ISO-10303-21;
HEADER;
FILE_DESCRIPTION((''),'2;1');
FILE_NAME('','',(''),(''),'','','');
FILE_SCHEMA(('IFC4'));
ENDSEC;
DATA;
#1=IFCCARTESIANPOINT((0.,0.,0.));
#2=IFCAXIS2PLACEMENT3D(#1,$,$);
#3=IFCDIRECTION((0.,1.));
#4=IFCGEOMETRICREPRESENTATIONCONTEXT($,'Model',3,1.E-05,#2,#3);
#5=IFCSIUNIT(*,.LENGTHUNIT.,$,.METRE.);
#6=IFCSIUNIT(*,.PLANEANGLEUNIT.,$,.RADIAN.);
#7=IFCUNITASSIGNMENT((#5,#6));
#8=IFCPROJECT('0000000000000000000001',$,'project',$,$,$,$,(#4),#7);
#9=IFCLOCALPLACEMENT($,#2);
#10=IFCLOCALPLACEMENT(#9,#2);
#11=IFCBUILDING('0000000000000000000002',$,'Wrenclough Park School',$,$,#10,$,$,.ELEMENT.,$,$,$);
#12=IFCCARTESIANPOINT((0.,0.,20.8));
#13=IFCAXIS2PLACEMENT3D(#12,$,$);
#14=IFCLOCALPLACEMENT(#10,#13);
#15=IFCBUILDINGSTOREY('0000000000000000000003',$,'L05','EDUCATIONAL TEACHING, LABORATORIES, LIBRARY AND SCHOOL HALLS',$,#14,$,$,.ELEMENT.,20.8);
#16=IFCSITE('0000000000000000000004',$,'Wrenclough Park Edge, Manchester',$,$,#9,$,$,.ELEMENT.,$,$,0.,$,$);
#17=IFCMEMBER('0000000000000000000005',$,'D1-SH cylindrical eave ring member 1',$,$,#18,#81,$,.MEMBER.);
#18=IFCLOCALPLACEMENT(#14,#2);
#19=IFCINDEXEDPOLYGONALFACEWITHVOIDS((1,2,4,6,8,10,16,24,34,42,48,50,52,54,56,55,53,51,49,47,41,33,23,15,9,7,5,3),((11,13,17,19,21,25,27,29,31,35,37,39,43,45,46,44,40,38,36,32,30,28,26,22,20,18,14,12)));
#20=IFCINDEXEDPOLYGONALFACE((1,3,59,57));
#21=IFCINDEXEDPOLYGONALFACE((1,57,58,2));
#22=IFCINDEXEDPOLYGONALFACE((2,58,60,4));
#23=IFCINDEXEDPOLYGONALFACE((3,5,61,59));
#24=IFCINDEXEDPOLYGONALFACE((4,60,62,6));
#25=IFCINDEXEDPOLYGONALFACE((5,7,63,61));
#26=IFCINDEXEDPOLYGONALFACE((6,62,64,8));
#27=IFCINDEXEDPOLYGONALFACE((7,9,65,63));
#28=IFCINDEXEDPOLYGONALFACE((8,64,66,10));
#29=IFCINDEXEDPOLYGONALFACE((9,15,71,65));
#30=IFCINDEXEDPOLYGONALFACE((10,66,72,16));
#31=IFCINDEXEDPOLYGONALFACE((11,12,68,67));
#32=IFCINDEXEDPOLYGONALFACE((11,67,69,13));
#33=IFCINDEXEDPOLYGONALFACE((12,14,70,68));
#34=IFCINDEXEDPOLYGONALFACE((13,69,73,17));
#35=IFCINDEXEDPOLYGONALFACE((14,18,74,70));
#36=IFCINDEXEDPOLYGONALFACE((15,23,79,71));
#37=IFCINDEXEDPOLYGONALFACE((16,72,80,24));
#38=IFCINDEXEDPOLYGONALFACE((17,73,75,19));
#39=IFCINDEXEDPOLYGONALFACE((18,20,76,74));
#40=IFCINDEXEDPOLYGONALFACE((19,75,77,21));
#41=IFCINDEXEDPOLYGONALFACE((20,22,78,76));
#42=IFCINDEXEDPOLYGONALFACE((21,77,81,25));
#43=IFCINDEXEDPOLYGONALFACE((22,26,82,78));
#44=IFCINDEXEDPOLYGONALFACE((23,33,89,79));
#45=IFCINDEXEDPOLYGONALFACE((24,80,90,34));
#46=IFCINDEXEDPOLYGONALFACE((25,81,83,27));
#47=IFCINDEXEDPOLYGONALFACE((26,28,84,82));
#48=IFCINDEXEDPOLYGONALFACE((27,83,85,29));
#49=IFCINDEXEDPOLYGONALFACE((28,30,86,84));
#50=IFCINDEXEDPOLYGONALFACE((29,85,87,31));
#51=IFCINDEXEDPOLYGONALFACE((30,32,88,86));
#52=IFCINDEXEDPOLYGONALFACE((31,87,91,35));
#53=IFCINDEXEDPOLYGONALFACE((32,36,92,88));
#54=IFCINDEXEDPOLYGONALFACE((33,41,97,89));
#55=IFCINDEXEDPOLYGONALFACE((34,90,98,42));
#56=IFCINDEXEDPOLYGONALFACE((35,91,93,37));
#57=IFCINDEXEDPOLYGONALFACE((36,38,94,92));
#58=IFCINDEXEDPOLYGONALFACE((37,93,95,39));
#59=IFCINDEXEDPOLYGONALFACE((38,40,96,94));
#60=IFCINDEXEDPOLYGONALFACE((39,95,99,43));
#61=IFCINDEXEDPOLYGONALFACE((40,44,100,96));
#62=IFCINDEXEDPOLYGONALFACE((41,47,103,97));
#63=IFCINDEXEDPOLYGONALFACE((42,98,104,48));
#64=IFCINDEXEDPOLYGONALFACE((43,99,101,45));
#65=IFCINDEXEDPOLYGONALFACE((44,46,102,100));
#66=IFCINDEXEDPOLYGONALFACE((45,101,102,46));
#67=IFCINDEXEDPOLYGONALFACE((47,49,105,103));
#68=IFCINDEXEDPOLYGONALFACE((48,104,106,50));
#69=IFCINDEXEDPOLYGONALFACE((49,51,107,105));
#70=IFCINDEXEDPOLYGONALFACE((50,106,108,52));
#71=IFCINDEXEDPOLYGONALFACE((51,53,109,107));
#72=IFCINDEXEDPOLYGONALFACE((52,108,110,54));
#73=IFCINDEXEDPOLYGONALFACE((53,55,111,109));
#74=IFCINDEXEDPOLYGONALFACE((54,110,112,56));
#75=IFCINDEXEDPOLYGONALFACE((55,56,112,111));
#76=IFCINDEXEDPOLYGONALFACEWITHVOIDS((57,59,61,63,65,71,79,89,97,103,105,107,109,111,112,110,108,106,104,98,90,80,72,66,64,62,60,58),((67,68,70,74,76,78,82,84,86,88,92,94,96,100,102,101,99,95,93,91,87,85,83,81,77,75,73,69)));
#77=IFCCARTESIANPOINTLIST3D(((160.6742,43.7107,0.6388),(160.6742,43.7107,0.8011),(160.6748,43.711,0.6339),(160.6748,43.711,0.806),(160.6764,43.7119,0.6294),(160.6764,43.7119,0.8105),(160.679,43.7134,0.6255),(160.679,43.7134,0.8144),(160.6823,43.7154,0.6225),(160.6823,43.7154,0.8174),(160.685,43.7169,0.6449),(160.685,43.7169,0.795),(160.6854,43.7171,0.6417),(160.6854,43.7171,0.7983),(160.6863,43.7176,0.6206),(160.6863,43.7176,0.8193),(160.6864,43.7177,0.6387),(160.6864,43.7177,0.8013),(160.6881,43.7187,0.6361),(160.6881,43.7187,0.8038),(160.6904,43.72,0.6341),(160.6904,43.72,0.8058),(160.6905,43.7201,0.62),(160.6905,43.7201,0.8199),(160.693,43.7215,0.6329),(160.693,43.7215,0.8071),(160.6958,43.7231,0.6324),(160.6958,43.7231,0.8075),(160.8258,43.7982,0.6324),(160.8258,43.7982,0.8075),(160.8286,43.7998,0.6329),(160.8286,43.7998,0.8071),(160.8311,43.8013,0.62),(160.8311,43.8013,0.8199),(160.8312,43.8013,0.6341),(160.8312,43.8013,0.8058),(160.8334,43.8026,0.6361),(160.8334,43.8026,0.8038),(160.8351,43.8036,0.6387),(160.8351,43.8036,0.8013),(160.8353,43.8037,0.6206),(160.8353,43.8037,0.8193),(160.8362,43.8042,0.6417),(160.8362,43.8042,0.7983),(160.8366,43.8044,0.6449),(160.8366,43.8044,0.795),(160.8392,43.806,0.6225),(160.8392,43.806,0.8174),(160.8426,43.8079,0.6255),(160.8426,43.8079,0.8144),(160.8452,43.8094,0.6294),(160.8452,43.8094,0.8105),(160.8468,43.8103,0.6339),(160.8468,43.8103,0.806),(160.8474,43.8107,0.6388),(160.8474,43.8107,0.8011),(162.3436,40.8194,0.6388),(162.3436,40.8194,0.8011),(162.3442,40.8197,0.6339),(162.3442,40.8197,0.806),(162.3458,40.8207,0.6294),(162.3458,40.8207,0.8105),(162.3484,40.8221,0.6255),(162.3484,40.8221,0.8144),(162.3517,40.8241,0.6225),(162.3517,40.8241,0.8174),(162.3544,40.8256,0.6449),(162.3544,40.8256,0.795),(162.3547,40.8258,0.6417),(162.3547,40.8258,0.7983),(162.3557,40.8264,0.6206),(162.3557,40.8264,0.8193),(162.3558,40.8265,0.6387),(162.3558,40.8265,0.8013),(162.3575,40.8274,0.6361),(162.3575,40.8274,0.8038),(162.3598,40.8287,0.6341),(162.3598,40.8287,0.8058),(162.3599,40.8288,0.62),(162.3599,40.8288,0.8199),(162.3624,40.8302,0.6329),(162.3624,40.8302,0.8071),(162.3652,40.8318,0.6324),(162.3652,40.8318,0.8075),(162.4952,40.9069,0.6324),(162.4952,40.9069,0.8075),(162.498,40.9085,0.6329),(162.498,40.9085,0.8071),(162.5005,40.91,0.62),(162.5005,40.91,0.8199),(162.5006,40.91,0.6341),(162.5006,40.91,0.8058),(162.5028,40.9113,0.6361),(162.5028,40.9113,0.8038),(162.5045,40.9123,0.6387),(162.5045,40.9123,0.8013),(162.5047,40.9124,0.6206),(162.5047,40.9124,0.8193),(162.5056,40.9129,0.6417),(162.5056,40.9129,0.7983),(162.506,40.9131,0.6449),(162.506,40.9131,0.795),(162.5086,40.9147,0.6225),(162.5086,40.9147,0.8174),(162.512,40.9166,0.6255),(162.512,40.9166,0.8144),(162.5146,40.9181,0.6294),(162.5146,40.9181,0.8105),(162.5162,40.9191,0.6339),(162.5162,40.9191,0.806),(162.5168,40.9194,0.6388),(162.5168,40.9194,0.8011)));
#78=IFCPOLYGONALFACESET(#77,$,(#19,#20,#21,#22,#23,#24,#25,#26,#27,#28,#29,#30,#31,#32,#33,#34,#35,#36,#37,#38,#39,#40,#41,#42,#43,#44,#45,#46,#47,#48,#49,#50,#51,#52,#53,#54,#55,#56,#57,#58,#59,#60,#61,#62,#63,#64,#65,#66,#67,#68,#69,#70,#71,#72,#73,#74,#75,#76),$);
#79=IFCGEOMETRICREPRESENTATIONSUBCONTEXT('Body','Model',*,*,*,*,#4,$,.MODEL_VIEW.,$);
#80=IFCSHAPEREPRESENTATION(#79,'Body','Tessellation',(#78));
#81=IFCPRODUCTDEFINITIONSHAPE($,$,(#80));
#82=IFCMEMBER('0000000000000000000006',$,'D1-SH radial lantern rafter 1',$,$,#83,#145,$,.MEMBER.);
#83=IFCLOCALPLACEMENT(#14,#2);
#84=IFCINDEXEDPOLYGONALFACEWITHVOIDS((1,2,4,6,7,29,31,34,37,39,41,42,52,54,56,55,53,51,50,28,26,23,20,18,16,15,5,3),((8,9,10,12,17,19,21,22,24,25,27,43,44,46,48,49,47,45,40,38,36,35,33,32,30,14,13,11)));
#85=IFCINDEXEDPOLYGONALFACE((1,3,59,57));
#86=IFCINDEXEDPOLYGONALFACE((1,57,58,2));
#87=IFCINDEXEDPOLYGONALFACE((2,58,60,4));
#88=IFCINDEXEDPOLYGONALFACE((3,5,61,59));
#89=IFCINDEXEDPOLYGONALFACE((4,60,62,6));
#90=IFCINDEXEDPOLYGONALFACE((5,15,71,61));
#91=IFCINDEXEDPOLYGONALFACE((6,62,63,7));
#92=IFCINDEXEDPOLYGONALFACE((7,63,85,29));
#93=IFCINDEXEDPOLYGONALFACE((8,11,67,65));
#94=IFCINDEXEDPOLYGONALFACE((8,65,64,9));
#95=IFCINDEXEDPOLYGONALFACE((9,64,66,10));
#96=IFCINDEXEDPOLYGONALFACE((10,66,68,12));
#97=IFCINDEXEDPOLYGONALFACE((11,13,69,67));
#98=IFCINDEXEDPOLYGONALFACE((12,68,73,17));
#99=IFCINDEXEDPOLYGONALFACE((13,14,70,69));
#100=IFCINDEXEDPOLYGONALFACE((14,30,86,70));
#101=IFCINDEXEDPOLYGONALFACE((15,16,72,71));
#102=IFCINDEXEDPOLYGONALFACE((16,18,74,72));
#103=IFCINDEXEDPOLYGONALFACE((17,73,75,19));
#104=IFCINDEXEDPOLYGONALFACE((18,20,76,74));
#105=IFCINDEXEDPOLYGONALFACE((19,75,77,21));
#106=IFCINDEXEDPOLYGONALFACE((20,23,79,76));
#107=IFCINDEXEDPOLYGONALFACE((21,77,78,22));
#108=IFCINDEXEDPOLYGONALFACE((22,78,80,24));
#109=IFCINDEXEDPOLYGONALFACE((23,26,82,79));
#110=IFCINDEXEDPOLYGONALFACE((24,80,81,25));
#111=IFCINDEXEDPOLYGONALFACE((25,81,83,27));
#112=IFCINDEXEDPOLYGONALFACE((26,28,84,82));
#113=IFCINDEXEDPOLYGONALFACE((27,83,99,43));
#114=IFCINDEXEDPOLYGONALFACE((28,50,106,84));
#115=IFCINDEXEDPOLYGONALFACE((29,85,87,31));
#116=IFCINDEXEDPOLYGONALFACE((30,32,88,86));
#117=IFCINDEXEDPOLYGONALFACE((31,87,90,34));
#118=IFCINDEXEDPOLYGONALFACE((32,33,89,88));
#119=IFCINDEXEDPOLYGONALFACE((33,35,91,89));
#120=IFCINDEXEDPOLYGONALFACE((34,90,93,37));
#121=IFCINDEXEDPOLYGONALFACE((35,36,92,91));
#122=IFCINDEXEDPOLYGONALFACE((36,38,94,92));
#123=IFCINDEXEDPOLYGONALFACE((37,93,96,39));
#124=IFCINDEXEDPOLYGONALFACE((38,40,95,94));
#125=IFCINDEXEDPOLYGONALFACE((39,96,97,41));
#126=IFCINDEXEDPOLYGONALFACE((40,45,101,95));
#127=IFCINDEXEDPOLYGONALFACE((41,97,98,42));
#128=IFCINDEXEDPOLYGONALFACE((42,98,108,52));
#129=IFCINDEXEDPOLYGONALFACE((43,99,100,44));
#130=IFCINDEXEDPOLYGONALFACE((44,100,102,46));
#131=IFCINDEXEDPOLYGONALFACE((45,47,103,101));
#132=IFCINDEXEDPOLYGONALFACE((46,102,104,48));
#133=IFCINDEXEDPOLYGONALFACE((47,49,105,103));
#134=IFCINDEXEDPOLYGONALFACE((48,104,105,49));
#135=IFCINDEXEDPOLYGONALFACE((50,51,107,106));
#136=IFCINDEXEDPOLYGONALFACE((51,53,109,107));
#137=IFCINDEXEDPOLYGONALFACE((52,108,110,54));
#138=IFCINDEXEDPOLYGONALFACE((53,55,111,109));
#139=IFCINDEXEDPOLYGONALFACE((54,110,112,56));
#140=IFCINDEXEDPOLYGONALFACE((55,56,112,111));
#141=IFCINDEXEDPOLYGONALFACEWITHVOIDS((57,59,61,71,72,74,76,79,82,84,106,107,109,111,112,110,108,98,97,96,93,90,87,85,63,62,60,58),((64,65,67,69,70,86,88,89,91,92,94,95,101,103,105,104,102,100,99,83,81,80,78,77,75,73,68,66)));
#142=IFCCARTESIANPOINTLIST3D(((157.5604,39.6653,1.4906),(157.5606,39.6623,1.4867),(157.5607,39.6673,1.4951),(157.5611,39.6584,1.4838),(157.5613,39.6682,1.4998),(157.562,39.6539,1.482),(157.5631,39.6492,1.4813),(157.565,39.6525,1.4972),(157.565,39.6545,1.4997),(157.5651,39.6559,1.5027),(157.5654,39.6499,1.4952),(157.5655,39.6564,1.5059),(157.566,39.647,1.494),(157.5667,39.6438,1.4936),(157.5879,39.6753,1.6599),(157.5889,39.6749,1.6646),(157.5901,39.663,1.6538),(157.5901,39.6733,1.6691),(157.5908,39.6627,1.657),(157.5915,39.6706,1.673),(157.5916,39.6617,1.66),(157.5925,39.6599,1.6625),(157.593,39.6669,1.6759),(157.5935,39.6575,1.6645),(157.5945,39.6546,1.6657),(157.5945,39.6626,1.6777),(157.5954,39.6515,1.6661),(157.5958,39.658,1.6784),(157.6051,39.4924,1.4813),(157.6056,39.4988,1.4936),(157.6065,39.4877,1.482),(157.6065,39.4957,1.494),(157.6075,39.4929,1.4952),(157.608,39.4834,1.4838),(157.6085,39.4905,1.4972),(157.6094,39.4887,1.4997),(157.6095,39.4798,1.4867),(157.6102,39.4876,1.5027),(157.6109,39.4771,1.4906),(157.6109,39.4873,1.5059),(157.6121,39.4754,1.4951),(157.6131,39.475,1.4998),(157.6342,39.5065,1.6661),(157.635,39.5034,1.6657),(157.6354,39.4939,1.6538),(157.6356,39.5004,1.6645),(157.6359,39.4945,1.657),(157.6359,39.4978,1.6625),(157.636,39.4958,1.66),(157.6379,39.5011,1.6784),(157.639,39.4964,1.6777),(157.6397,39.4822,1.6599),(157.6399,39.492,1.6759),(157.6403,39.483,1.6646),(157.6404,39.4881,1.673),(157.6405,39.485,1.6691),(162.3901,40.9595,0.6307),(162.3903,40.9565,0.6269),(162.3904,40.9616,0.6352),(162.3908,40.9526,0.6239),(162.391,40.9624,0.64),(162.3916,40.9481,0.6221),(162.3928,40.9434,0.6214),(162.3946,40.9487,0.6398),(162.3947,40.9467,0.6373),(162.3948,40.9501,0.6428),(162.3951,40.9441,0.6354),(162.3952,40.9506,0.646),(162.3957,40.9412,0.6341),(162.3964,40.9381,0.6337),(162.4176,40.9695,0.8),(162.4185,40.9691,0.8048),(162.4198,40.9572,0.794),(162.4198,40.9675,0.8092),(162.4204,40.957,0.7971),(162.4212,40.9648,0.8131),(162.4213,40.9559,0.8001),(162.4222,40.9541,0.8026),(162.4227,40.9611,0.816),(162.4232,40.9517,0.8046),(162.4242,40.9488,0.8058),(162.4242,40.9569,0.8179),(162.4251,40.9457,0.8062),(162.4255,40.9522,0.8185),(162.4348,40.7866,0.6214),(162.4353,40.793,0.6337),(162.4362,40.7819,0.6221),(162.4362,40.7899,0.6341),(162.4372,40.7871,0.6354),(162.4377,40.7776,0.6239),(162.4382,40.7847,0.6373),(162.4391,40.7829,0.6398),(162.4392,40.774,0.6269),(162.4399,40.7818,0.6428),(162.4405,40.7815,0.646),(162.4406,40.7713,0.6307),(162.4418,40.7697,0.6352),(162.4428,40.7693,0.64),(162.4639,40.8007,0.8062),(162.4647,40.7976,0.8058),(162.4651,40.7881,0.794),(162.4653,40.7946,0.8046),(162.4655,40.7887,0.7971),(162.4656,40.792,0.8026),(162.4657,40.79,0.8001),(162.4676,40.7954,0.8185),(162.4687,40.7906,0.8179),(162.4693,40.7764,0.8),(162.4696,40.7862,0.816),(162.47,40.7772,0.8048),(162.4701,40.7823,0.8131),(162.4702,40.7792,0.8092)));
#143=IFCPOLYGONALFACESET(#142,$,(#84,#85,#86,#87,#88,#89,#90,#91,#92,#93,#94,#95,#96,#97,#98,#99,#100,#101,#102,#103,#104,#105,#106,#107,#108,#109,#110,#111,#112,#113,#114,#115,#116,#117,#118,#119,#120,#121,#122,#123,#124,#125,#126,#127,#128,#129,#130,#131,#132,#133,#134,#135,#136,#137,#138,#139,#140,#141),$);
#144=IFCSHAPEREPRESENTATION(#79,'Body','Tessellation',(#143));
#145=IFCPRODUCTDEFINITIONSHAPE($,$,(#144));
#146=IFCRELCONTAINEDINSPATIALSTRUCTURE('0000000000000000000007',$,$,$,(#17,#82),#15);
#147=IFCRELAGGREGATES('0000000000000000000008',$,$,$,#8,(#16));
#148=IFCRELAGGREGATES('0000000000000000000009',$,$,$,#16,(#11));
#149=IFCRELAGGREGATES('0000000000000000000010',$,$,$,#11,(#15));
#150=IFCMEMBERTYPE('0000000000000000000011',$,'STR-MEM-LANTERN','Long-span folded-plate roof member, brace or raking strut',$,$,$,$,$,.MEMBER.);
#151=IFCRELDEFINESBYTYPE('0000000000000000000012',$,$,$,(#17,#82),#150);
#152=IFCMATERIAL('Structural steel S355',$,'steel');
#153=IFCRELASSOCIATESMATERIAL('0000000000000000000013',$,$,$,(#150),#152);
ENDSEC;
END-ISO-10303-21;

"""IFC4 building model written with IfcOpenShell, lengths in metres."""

from ifc_helpers import new_model, si_unit, direction, frame, origin, origin_2d, place, context, subcontext, project, spatial, hollow_rectangle, extrude, material, material_profile, profile_set, type_object, element, save


model = new_model("IFC4")

# Units and contexts
model_context = context("Model", 3, precision=1e-05, world=origin(), true_north=direction((0.0, 1.0)))
body_context = subcontext(model_context, "Body", "Model", "MODEL_VIEW")
ifc_project = project(units=[si_unit("LENGTHUNIT", "METRE"), si_unit("PLANEANGLEUNIT", "RADIAN")], contexts=[model_context])

# Site, building, storey
site_placement = place(None, origin())
site = spatial("IfcSite", under=ifc_project, at=site_placement, Name="Wrenclough Park Edge, Manchester", CompositionType="ELEMENT", RefElevation=0.0)
building_placement = place(site_placement, origin())
building = spatial("IfcBuilding", under=site, at=building_placement, Name="Wrenclough Park School", CompositionType="ELEMENT")
storey_placement = place(building_placement, frame((0.0, 0.0, 20.8)))
storey = spatial("IfcBuildingStorey", under=building, at=storey_placement, Name="L05", Description="EDUCATIONAL TEACHING, LABORATORIES, LIBRARY AND SCHOOL HALLS", CompositionType="ELEMENT", Elevation=20.8)

# Members
ifc_material_1 = material(Name="Structural steel S355", Category="steel")
ifc_material_profile_1 = material_profile(ifc_material_1, hollow_rectangle(XDim=0.2, YDim=0.2, WallThickness=0.0125, InnerFilletRadius=0.0125, OuterFilletRadius=0.0188, at=origin_2d()), Name="SHS 200x200x12.5")
ifc_profile_set_1 = profile_set([ifc_material_profile_1], Name="Structural steel S355")
member_type_1 = type_object("IfcMemberType", Name="STR-MEM-LANTERN", Description="Long-span folded-plate roof member, brace or raking strut", PredefinedType="MEMBER", material=ifc_profile_set_1)
member_1_placement = place(storey_placement, frame((162.4302, 40.8694, 0.72), z_axis=(-0.500024, 0.866011, 0.0), x_axis=(-0.866011, -0.500024, 0.0)))
element("IfcMember", 1, at=member_1_placement, inside=storey, type_object=member_type_1, Name="D1-SH cylindrical eave ring member 1", PredefinedType="MEMBER", context=body_context, shape_type="SweptSolid", body=[
    extrude(hollow_rectangle(XDim=0.2, YDim=0.2, WallThickness=0.0125, InnerFilletRadius=0.0125, OuterFilletRadius=0.0188, at=origin_2d()), origin(), (0.0, 0.0, 1.0), 3.3386),
])
member_2_placement = place(storey_placement, frame((162.4302, 40.8694, 0.72), z_axis=(-0.951946, -0.255094, 0.169485), x_axis=(0.258839, -0.965921, 0.0)))
element("IfcMember", 2, at=member_2_placement, inside=storey, type_object=member_type_1, Name="D1-SH radial lantern rafter 1", PredefinedType="MEMBER", context=body_context, shape_type="SweptSolid", body=[
    extrude(hollow_rectangle(XDim=0.2, YDim=0.2, WallThickness=0.0125, InnerFilletRadius=0.0125, OuterFilletRadius=0.0188, at=origin_2d()), origin(), (0.0, 0.0, 1.0), 5.0735),
])

save(model, "model.ifc")
